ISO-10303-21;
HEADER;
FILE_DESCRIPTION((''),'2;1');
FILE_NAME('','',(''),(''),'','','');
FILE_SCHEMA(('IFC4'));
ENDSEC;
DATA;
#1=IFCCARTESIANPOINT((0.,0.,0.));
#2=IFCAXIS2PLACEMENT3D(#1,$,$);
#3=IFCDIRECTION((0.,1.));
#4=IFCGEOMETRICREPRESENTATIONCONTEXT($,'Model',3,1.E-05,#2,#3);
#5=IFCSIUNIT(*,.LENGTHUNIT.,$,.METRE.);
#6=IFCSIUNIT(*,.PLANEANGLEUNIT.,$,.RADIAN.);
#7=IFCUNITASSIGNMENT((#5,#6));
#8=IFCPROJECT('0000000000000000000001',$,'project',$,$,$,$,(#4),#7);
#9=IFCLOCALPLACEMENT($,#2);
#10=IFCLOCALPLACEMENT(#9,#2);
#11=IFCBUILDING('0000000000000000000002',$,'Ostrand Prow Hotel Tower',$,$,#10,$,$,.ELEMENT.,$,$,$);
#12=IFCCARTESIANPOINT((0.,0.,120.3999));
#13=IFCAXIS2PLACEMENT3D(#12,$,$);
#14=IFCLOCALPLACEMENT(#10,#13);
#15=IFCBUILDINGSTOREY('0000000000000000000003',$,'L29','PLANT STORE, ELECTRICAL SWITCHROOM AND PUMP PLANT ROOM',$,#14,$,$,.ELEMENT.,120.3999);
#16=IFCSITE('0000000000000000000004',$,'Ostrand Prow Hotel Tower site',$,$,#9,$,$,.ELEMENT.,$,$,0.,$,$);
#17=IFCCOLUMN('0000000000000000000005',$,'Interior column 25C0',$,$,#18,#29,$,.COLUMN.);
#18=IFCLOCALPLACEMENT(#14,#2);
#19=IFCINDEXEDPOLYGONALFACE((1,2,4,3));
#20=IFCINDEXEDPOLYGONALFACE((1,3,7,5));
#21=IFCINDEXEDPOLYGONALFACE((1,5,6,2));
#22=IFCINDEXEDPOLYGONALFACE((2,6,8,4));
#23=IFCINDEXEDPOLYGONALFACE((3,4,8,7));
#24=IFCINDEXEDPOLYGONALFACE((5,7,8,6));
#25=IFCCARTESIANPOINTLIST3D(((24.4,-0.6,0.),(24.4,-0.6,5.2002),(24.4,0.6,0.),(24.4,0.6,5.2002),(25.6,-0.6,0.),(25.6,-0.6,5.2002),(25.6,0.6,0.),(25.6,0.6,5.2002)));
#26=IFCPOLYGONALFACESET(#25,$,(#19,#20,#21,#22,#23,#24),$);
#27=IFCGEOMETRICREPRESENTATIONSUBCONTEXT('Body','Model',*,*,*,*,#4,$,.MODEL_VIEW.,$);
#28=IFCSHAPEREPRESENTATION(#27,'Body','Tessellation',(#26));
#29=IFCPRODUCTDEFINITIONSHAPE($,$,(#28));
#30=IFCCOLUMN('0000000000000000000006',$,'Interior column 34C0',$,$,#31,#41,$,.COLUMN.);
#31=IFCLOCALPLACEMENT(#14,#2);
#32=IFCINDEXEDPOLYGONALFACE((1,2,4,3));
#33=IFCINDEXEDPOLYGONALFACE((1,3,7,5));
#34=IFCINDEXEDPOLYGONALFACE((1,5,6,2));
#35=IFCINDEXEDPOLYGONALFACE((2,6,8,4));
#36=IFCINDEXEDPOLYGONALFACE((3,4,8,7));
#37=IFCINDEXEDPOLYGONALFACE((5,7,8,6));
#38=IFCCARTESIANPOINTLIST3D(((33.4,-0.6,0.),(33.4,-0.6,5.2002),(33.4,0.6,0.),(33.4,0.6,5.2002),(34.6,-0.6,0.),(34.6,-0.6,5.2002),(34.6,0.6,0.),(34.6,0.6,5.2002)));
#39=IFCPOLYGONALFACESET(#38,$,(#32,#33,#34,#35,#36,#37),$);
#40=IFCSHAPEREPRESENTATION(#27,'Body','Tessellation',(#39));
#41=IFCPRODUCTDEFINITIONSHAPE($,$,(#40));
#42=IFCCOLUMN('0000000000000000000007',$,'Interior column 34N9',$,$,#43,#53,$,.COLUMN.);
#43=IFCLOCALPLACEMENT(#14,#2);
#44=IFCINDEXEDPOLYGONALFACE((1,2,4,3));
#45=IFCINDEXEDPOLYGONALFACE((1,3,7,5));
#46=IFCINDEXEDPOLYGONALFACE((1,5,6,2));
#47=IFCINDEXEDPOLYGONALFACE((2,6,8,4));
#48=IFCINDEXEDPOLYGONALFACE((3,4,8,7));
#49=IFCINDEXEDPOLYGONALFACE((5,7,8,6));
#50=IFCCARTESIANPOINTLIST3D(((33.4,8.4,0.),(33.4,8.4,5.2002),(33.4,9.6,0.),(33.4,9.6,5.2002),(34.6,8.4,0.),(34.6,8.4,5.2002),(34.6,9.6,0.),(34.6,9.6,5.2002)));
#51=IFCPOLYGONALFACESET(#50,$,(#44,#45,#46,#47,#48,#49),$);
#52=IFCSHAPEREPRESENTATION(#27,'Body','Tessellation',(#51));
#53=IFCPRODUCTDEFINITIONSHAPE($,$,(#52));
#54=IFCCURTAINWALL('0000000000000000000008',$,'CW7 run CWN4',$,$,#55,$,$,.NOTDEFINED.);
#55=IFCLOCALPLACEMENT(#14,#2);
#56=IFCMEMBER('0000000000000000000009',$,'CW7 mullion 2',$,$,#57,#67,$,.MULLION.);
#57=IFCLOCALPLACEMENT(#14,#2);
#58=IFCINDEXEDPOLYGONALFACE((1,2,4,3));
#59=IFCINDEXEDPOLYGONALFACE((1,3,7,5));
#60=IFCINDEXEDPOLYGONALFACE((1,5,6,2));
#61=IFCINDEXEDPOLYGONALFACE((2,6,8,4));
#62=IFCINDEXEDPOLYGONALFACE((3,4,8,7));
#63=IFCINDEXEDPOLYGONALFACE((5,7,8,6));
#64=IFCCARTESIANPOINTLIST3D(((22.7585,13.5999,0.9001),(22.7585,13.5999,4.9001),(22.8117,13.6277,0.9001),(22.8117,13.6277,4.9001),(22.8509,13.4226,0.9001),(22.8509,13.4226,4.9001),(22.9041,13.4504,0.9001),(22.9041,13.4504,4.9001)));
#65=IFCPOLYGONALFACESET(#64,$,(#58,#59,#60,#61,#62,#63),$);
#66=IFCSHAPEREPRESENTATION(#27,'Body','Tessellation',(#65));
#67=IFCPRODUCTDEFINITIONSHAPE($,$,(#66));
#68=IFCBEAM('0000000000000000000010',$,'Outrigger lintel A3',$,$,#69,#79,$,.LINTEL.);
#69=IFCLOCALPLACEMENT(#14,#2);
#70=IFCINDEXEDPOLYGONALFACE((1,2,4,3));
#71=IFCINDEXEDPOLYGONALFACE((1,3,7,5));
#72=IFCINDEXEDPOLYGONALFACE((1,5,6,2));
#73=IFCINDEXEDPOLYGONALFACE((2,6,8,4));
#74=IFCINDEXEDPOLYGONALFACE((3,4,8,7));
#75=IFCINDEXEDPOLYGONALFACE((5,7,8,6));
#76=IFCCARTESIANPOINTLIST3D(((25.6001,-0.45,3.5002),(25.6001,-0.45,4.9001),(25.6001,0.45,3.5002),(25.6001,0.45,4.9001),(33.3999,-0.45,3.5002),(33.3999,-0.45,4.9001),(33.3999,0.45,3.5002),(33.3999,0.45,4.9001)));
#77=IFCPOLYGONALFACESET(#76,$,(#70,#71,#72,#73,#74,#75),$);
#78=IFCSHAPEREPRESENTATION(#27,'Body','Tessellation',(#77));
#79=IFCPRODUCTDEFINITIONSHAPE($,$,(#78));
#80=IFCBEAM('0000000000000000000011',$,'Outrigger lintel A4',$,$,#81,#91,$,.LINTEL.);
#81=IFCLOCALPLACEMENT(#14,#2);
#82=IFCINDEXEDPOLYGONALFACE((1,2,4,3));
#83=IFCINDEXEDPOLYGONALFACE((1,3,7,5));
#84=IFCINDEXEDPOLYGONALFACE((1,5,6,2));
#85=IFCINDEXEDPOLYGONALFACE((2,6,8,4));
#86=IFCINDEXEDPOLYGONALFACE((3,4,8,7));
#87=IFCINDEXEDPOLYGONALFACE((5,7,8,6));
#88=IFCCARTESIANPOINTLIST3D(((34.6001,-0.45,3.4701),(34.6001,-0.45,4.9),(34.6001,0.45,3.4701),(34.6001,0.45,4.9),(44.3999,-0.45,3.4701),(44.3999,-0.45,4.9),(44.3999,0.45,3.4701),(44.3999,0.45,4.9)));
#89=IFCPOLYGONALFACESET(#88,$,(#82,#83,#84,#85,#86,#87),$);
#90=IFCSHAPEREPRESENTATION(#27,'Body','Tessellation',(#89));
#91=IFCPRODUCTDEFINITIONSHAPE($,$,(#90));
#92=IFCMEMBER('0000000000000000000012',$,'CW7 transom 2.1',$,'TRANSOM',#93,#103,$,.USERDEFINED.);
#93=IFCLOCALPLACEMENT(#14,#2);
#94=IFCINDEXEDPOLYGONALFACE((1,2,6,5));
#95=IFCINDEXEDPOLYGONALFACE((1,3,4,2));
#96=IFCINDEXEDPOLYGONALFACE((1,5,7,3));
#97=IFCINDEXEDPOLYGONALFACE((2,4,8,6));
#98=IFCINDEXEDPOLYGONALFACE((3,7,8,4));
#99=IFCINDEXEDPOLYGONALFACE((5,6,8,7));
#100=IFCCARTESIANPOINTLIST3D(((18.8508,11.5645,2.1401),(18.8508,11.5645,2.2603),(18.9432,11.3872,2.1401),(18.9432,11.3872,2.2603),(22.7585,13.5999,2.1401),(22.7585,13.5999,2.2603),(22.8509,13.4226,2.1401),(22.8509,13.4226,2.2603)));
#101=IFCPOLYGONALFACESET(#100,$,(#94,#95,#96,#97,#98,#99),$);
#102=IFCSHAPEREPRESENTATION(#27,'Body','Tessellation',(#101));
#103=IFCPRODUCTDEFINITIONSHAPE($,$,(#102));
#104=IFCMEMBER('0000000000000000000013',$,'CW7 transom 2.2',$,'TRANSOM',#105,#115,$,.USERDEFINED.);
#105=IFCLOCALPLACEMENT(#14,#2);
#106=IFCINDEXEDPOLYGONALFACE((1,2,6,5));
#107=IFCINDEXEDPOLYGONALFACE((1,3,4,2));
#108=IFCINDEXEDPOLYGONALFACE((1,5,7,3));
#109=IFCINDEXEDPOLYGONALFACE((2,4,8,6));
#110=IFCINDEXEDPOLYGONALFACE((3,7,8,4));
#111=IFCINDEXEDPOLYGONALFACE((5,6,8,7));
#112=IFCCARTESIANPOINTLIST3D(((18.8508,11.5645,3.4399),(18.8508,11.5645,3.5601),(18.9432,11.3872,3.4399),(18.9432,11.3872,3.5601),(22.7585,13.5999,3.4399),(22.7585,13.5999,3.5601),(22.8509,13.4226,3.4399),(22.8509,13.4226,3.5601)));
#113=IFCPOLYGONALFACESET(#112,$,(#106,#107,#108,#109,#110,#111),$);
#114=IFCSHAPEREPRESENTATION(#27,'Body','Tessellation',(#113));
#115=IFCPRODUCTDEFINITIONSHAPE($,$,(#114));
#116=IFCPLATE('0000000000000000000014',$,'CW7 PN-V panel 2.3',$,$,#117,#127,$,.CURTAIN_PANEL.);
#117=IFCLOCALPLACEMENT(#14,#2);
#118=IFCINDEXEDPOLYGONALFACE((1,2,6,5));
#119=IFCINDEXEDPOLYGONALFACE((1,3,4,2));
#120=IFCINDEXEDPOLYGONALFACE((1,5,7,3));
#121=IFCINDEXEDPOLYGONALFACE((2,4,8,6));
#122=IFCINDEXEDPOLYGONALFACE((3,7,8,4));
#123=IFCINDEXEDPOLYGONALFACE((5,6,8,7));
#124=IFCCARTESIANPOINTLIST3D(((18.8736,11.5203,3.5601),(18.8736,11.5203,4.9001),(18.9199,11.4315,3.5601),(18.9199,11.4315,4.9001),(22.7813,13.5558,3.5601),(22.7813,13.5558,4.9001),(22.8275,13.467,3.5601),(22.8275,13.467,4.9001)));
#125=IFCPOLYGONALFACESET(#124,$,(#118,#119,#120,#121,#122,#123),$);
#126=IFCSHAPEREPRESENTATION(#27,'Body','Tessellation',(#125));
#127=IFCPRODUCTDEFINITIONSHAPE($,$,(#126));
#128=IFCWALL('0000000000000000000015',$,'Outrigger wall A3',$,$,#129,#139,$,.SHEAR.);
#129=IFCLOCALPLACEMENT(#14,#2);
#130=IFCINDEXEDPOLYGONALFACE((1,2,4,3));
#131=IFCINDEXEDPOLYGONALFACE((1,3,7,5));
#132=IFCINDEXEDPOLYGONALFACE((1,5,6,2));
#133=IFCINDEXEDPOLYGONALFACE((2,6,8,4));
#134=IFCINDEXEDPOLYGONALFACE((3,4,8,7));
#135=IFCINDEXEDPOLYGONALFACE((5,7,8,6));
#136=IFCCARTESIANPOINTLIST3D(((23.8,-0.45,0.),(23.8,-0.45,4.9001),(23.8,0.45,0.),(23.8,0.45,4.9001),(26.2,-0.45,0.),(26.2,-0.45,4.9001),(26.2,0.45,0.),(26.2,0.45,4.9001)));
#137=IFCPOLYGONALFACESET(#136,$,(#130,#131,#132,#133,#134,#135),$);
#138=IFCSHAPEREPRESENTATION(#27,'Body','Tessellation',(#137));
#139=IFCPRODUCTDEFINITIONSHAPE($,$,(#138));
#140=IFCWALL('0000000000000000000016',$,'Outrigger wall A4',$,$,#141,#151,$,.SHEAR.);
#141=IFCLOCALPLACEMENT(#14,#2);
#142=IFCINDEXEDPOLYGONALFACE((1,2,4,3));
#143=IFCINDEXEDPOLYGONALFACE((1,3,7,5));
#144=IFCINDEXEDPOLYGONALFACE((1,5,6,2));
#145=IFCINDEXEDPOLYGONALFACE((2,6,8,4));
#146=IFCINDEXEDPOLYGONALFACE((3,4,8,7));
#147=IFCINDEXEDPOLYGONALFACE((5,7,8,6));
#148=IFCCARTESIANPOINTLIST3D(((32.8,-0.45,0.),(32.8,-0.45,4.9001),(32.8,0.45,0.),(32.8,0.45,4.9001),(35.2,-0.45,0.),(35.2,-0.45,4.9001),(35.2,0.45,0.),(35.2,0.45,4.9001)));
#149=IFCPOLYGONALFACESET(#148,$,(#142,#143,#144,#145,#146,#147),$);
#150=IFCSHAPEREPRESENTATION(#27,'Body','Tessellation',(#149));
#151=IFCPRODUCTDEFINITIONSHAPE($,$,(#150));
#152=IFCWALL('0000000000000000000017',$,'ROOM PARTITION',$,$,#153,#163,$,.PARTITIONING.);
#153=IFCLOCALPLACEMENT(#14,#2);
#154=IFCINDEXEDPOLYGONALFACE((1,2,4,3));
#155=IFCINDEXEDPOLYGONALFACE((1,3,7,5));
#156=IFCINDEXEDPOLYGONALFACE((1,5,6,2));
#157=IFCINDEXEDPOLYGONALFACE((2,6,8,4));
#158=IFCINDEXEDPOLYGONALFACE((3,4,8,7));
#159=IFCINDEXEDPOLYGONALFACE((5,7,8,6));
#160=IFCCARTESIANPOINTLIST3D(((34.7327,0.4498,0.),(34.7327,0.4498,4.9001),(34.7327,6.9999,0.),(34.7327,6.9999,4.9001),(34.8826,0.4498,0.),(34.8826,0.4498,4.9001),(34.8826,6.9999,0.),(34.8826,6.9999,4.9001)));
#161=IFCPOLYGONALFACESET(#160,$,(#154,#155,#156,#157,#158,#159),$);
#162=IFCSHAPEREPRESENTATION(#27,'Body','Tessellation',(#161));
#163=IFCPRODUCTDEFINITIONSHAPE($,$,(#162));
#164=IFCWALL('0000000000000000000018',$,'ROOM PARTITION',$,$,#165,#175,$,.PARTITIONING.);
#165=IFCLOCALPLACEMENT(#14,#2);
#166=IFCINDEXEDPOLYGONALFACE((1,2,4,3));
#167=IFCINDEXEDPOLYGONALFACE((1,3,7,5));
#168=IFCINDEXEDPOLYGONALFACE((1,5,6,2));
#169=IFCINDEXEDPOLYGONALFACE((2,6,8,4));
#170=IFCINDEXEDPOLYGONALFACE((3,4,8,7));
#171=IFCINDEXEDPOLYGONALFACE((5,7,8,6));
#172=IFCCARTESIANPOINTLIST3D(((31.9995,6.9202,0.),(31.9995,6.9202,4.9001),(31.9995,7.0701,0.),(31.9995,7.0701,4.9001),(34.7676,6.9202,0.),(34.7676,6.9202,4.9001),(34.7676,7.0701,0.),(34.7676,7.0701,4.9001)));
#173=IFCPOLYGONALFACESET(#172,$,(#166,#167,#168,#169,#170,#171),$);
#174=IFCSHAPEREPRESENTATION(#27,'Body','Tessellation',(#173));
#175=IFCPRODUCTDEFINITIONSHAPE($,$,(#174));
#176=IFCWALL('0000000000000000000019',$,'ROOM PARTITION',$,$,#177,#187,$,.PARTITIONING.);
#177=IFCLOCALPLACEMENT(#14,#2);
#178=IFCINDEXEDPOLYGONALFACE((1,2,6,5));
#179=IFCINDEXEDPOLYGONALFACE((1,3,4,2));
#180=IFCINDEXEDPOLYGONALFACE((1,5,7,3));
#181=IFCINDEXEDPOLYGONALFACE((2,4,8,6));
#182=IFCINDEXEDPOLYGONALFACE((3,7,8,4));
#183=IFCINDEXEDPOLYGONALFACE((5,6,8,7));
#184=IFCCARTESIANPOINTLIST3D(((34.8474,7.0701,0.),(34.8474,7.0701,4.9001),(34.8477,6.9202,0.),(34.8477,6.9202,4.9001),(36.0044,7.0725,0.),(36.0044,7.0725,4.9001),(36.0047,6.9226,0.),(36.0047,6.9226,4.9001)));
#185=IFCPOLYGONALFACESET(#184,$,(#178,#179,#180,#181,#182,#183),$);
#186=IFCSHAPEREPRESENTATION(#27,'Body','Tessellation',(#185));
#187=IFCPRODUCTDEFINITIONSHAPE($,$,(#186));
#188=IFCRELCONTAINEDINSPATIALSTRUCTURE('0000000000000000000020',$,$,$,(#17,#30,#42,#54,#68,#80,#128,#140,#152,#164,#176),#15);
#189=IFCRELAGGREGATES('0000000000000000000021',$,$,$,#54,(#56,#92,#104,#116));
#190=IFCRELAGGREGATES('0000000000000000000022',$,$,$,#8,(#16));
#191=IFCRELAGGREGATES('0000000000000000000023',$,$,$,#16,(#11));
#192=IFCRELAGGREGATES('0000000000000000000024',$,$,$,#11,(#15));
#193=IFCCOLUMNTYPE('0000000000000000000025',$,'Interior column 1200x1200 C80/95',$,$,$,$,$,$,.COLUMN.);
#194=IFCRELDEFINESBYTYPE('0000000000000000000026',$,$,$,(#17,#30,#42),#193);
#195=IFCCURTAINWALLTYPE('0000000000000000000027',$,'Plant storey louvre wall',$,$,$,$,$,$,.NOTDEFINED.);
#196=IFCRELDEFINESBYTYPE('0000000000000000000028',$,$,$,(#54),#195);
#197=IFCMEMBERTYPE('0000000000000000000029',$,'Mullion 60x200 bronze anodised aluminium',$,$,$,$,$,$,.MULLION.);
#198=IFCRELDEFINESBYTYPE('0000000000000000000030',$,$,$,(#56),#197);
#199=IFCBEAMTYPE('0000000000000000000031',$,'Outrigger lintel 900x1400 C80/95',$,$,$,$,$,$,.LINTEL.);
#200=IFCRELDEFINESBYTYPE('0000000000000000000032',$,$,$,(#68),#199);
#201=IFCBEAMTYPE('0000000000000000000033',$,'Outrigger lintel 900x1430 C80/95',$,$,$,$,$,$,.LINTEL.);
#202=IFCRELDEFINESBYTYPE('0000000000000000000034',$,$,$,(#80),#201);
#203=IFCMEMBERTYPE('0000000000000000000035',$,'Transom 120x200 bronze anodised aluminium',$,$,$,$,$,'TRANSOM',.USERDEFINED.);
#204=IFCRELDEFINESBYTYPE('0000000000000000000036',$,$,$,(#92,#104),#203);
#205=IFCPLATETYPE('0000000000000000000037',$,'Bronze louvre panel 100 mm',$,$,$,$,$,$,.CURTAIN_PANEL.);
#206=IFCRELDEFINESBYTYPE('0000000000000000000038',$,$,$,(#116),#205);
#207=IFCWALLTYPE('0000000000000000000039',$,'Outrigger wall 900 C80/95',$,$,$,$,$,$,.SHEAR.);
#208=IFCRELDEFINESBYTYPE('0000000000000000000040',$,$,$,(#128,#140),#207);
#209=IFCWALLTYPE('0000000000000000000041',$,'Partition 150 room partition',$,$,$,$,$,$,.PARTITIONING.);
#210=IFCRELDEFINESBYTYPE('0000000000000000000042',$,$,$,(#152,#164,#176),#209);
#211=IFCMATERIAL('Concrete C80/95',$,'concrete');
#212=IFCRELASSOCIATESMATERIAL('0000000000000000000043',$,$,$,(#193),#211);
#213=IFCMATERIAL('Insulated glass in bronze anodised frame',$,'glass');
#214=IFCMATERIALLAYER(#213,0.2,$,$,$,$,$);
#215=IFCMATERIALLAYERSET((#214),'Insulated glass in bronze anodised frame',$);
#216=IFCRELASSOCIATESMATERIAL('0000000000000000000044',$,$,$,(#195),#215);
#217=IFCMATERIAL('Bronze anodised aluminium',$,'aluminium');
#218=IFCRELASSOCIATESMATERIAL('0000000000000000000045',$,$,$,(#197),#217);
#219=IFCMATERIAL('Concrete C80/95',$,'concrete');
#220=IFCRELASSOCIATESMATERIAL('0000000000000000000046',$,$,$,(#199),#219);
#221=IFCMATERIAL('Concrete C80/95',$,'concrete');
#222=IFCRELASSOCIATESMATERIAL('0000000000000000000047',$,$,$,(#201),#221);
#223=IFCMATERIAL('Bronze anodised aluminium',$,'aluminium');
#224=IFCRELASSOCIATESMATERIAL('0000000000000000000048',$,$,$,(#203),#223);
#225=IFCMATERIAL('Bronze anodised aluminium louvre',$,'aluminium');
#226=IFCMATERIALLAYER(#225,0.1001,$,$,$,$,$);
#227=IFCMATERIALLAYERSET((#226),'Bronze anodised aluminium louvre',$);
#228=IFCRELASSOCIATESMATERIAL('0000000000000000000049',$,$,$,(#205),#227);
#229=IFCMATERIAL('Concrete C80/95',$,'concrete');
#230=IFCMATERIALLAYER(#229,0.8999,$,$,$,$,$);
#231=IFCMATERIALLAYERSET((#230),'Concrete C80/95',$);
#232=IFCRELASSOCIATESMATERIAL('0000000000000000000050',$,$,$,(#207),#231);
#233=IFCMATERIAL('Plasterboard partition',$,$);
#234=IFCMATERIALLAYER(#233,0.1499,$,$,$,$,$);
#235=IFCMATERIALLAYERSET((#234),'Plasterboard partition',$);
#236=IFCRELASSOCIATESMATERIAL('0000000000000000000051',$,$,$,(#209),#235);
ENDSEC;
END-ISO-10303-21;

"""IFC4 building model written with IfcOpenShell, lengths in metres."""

from ifc_helpers import new_model, si_unit, direction, frame, frame_2d, origin, origin_2d, place, context, subcontext, project, spatial, rectangle, extrude, material, layer, layer_set, material_profile, profile_set, type_object, element, aggregate, save


model = new_model("IFC4")

# Units and contexts
model_context = context("Model", 3, precision=1e-05, world=origin(), true_north=direction((0.0, 1.0)))
body_context = subcontext(model_context, "Body", "Model", "MODEL_VIEW")
ifc_project = project(units=[si_unit("LENGTHUNIT", "METRE"), si_unit("PLANEANGLEUNIT", "RADIAN")], contexts=[model_context])

# Site, building, storey
site_placement = place(None, origin())
site = spatial("IfcSite", under=ifc_project, at=site_placement, Name="Ostrand Prow Hotel Tower site", CompositionType="ELEMENT", RefElevation=0.0)
building_placement = place(site_placement, origin())
building = spatial("IfcBuilding", under=site, at=building_placement, Name="Ostrand Prow Hotel Tower", CompositionType="ELEMENT")
storey_placement = place(building_placement, frame((0.0, 0.0, 120.3999)))
storey = spatial("IfcBuildingStorey", under=building, at=storey_placement, Name="L29", Description="PLANT STORE, ELECTRICAL SWITCHROOM AND PUMP PLANT ROOM", CompositionType="ELEMENT", Elevation=120.3999)

# Columns
ifc_material_1 = material(Name="Concrete C80/95", Category="concrete")
ifc_material_profile_1 = material_profile(ifc_material_1, rectangle(XDim=1.2, YDim=1.2, at=origin_2d()), Name="RC 1200x1200")
ifc_profile_set_1 = profile_set([ifc_material_profile_1], Name="Concrete C80/95")
column_type = type_object("IfcColumnType", Name="Interior column 1200x1200 C80/95", PredefinedType="COLUMN", material=ifc_profile_set_1)
for number, where, z_axis, x_axis, name in (
    (1, (25.0, 0.0, 0.0), (0.0, 0.0, 1.0), (1.0, 0.0, 0.0), "Interior column 25C0"),
    (2, (34.0, 0.0, 0.0), (0.0, 0.0, 1.0), (1.0, 0.0, 0.0), "Interior column 34C0"),
    (3, (34.0, 9.0, 0.0), (0.0, 0.0, 1.0), (1.0, 0.0, 0.0), "Interior column 34N9"),
):
    element("IfcColumn", number, at=place(storey_placement, frame(where, z_axis=z_axis, x_axis=x_axis)), inside=storey, type_object=column_type, Name=name, PredefinedType="COLUMN", context=body_context, shape_type="SweptSolid", body=[
        extrude(rectangle(XDim=1.2, YDim=1.2, at=origin_2d()), origin(), (0.0, 0.0, 1.0), 5.2002),
    ])

# Curtain wall, member
ifc_material_2 = material(Name="Insulated glass in bronze anodised frame", Category="glass")
ifc_layer_1 = layer(ifc_material_2, 0.2)
ifc_layer_set_1 = layer_set([ifc_layer_1], Name="Insulated glass in bronze anodised frame")
curtain_wall_type = type_object("IfcCurtainWallType", Name="Plant storey louvre wall", PredefinedType="NOTDEFINED", material=ifc_layer_set_1)
curtain_wall_placement = place(storey_placement, origin())
curtain_wall = element("IfcCurtainWall", 4, at=curtain_wall_placement, inside=storey, type_object=curtain_wall_type, Name="CW7 run CWN4", PredefinedType="NOTDEFINED")
ifc_material_3 = material(Name="Bronze anodised aluminium", Category="aluminium")
ifc_material_profile_2 = material_profile(ifc_material_3, rectangle(XDim=0.2, YDim=0.0601, at=origin_2d()), Name="Mullion 60x200 bronze anodised aluminium")
ifc_profile_set_2 = profile_set([ifc_material_profile_2], Name="Bronze anodised aluminium")
member_type_1 = type_object("IfcMemberType", Name="Mullion 60x200 bronze anodised aluminium", PredefinedType="MULLION", material=ifc_profile_set_2)
member_1_placement = place(storey_placement, frame((22.8313, 13.5251, 0.9001), z_axis=(0.0, 0.0, 1.0), x_axis=(0.461968, -0.886896, 0.0)))
member_1 = element("IfcMember", 5, at=member_1_placement, type_object=member_type_1, Name="CW7 mullion 2", PredefinedType="MULLION", context=body_context, shape_type="SweptSolid", body=[
    extrude(rectangle(XDim=0.2, YDim=0.0601, at=origin_2d()), origin(), (0.0, 0.0, 1.0), 4.0),
])

# Beams
ifc_material_4 = material(Name="Concrete C80/95", Category="concrete")
ifc_material_profile_3 = material_profile(ifc_material_4, rectangle(XDim=0.8999, YDim=1.3999, at=origin_2d()), Name="RC 900x1400")
ifc_profile_set_3 = profile_set([ifc_material_profile_3], Name="Concrete C80/95")
beam_type_1 = type_object("IfcBeamType", Name="Outrigger lintel 900x1400 C80/95", PredefinedType="LINTEL", material=ifc_profile_set_3)
beam_1_placement = place(storey_placement, frame((25.6001, 0.0, 4.2002), z_axis=(1.0, 0.0, 0.0), x_axis=(0.0, 1.0, 0.0)))
element("IfcBeam", 6, at=beam_1_placement, inside=storey, type_object=beam_type_1, Name="Outrigger lintel A3", PredefinedType="LINTEL", context=body_context, shape_type="SweptSolid", body=[
    extrude(rectangle(XDim=0.8999, YDim=1.3999, at=origin_2d()), origin(), (0.0, 0.0, 1.0), 7.7998),
])
ifc_material_5 = material(Name="Concrete C80/95", Category="concrete")
ifc_material_profile_4 = material_profile(ifc_material_5, rectangle(XDim=0.8999, YDim=1.4299, at=origin_2d()), Name="RC 900x1430")
ifc_profile_set_4 = profile_set([ifc_material_profile_4], Name="Concrete C80/95")
beam_type_2 = type_object("IfcBeamType", Name="Outrigger lintel 900x1430 C80/95", PredefinedType="LINTEL", material=ifc_profile_set_4)
beam_2_placement = place(storey_placement, frame((34.6001, 0.0, 4.1851), z_axis=(1.0, 0.0, 0.0), x_axis=(0.0, 1.0, 0.0)))
element("IfcBeam", 7, at=beam_2_placement, inside=storey, type_object=beam_type_2, Name="Outrigger lintel A4", PredefinedType="LINTEL", context=body_context, shape_type="SweptSolid", body=[
    extrude(rectangle(XDim=0.8999, YDim=1.4299, at=origin_2d()), origin(), (0.0, 0.0, 1.0), 9.7998),
])

# Members
ifc_material_6 = material(Name="Bronze anodised aluminium", Category="aluminium")
ifc_material_profile_5 = material_profile(ifc_material_6, rectangle(XDim=0.2, YDim=0.1201, at=origin_2d()), Name="Transom 120x200 bronze anodised aluminium")
ifc_profile_set_5 = profile_set([ifc_material_profile_5], Name="Bronze anodised aluminium")
member_type_2 = type_object("IfcMemberType", Name="Transom 120x200 bronze anodised aluminium", ElementType="TRANSOM", PredefinedType="USERDEFINED", material=ifc_profile_set_5)
member_2_placement = place(storey_placement, frame((22.8047, 13.5112, 2.2002), z_axis=(-0.886902, -0.461958, 0.0), x_axis=(0.461958, -0.886902, 0.0)))
member_2 = element("IfcMember", 8, at=member_2_placement, type_object=member_type_2, Name="CW7 transom 2.1", ObjectType="TRANSOM", PredefinedType="USERDEFINED", context=body_context, shape_type="SweptSolid", body=[
    extrude(rectangle(XDim=0.2, YDim=0.1201, at=origin_2d()), origin(), (0.0, 0.0, 1.0), 4.406),
])
member_3_placement = place(storey_placement, frame((22.8047, 13.5112, 3.5), z_axis=(-0.886902, -0.461958, 0.0), x_axis=(0.461958, -0.886902, 0.0)))
member_3 = element("IfcMember", 9, at=member_3_placement, type_object=member_type_2, Name="CW7 transom 2.2", ObjectType="TRANSOM", PredefinedType="USERDEFINED", context=body_context, shape_type="SweptSolid", body=[
    extrude(rectangle(XDim=0.2, YDim=0.1201, at=origin_2d()), origin(), (0.0, 0.0, 1.0), 4.406),
])

# Plate
ifc_material_7 = material(Name="Bronze anodised aluminium louvre", Category="aluminium")
ifc_layer_2 = layer(ifc_material_7, 0.1001)
ifc_layer_set_2 = layer_set([ifc_layer_2], Name="Bronze anodised aluminium louvre")
plate_type = type_object("IfcPlateType", Name="Bronze louvre panel 100 mm", PredefinedType="CURTAIN_PANEL", material=ifc_layer_set_2)
plate_placement = place(storey_placement, frame((20.8506, 12.4937, 3.5601), z_axis=(0.0, 0.0, 1.0), x_axis=(-0.886896, -0.461968, 0.0)))
plate = element("IfcPlate", 10, at=plate_placement, type_object=plate_type, Name="CW7 PN-V panel 2.3", PredefinedType="CURTAIN_PANEL", context=body_context, shape_type="SweptSolid", body=[
    extrude(rectangle(XDim=4.406, YDim=0.1001, at=origin_2d()), origin(), (0.0, 0.0, 1.0), 1.3401),
])
aggregate(curtain_wall, [member_1, member_2, member_3, plate])

# Walls
ifc_material_8 = material(Name="Concrete C80/95", Category="concrete")
ifc_layer_3 = layer(ifc_material_8, 0.8999)
ifc_layer_set_3 = layer_set([ifc_layer_3], Name="Concrete C80/95")
wall_type_1 = type_object("IfcWallType", Name="Outrigger wall 900 C80/95", PredefinedType="SHEAR", material=ifc_layer_set_3)
for number, where, z_axis, x_axis, name in (
    (11, (23.8, 0.0, 0.0), (0.0, 0.0, 1.0), (1.0, 0.0, 0.0), "Outrigger wall A3"),
    (12, (32.8, 0.0, 0.0), (0.0, 0.0, 1.0), (1.0, 0.0, 0.0), "Outrigger wall A4"),
):
    element("IfcWall", number, at=place(storey_placement, frame(where, z_axis=z_axis, x_axis=x_axis)), inside=storey, type_object=wall_type_1, Name=name, PredefinedType="SHEAR", context=body_context, shape_type="SweptSolid", body=[
        extrude(rectangle(XDim=2.3999, YDim=0.8999, at=frame_2d((1.2, 0.0))), origin(), (0.0, 0.0, 1.0), 4.9001),
    ])
ifc_material_9 = material(Name="Plasterboard partition")
ifc_layer_4 = layer(ifc_material_9, 0.1499)
ifc_layer_set_4 = layer_set([ifc_layer_4], Name="Plasterboard partition")
wall_type_2 = type_object("IfcWallType", Name="Partition 150 room partition", PredefinedType="PARTITIONING", material=ifc_layer_set_4)
wall_1_placement = place(storey_placement, frame((34.8076, 0.45, 0.0), z_axis=(0.0, 0.0, 1.0), x_axis=(0.0, 1.0, 0.0)))
element("IfcWall", 13, at=wall_1_placement, inside=storey, type_object=wall_type_2, Name="ROOM PARTITION", PredefinedType="PARTITIONING", context=body_context, shape_type="SweptSolid", body=[
    extrude(rectangle(XDim=6.55, YDim=0.1499, at=frame_2d((3.2749, 0.0))), origin(), (0.0, 0.0, 1.0), 4.9001),
])
wall_2_placement = place(storey_placement, frame((31.9995, 6.9951, 0.0), z_axis=(0.0, 0.0, 1.0), x_axis=(1.0, 0.0, 0.0)))
element("IfcWall", 14, at=wall_2_placement, inside=storey, type_object=wall_type_2, Name="ROOM PARTITION", PredefinedType="PARTITIONING", context=body_context, shape_type="SweptSolid", body=[
    extrude(rectangle(XDim=2.7681, YDim=0.1499, at=frame_2d((1.384, 0.0))), origin(), (0.0, 0.0, 1.0), 4.9001),
])
wall_3_placement = place(storey_placement, frame((34.8474, 6.9951, 0.0), z_axis=(0.0, 0.0, 1.0), x_axis=(0.999998, 0.00211, 0.0)))
element("IfcWall", 15, at=wall_3_placement, inside=storey, type_object=wall_type_2, Name="ROOM PARTITION", PredefinedType="PARTITIONING", context=body_context, shape_type="SweptSolid", body=[
    extrude(rectangle(XDim=1.157, YDim=0.1499, at=frame_2d((0.5786, 0.0))), origin(), (0.0, 0.0, 1.0), 4.9001),
])

save(model, "model.ifc")
